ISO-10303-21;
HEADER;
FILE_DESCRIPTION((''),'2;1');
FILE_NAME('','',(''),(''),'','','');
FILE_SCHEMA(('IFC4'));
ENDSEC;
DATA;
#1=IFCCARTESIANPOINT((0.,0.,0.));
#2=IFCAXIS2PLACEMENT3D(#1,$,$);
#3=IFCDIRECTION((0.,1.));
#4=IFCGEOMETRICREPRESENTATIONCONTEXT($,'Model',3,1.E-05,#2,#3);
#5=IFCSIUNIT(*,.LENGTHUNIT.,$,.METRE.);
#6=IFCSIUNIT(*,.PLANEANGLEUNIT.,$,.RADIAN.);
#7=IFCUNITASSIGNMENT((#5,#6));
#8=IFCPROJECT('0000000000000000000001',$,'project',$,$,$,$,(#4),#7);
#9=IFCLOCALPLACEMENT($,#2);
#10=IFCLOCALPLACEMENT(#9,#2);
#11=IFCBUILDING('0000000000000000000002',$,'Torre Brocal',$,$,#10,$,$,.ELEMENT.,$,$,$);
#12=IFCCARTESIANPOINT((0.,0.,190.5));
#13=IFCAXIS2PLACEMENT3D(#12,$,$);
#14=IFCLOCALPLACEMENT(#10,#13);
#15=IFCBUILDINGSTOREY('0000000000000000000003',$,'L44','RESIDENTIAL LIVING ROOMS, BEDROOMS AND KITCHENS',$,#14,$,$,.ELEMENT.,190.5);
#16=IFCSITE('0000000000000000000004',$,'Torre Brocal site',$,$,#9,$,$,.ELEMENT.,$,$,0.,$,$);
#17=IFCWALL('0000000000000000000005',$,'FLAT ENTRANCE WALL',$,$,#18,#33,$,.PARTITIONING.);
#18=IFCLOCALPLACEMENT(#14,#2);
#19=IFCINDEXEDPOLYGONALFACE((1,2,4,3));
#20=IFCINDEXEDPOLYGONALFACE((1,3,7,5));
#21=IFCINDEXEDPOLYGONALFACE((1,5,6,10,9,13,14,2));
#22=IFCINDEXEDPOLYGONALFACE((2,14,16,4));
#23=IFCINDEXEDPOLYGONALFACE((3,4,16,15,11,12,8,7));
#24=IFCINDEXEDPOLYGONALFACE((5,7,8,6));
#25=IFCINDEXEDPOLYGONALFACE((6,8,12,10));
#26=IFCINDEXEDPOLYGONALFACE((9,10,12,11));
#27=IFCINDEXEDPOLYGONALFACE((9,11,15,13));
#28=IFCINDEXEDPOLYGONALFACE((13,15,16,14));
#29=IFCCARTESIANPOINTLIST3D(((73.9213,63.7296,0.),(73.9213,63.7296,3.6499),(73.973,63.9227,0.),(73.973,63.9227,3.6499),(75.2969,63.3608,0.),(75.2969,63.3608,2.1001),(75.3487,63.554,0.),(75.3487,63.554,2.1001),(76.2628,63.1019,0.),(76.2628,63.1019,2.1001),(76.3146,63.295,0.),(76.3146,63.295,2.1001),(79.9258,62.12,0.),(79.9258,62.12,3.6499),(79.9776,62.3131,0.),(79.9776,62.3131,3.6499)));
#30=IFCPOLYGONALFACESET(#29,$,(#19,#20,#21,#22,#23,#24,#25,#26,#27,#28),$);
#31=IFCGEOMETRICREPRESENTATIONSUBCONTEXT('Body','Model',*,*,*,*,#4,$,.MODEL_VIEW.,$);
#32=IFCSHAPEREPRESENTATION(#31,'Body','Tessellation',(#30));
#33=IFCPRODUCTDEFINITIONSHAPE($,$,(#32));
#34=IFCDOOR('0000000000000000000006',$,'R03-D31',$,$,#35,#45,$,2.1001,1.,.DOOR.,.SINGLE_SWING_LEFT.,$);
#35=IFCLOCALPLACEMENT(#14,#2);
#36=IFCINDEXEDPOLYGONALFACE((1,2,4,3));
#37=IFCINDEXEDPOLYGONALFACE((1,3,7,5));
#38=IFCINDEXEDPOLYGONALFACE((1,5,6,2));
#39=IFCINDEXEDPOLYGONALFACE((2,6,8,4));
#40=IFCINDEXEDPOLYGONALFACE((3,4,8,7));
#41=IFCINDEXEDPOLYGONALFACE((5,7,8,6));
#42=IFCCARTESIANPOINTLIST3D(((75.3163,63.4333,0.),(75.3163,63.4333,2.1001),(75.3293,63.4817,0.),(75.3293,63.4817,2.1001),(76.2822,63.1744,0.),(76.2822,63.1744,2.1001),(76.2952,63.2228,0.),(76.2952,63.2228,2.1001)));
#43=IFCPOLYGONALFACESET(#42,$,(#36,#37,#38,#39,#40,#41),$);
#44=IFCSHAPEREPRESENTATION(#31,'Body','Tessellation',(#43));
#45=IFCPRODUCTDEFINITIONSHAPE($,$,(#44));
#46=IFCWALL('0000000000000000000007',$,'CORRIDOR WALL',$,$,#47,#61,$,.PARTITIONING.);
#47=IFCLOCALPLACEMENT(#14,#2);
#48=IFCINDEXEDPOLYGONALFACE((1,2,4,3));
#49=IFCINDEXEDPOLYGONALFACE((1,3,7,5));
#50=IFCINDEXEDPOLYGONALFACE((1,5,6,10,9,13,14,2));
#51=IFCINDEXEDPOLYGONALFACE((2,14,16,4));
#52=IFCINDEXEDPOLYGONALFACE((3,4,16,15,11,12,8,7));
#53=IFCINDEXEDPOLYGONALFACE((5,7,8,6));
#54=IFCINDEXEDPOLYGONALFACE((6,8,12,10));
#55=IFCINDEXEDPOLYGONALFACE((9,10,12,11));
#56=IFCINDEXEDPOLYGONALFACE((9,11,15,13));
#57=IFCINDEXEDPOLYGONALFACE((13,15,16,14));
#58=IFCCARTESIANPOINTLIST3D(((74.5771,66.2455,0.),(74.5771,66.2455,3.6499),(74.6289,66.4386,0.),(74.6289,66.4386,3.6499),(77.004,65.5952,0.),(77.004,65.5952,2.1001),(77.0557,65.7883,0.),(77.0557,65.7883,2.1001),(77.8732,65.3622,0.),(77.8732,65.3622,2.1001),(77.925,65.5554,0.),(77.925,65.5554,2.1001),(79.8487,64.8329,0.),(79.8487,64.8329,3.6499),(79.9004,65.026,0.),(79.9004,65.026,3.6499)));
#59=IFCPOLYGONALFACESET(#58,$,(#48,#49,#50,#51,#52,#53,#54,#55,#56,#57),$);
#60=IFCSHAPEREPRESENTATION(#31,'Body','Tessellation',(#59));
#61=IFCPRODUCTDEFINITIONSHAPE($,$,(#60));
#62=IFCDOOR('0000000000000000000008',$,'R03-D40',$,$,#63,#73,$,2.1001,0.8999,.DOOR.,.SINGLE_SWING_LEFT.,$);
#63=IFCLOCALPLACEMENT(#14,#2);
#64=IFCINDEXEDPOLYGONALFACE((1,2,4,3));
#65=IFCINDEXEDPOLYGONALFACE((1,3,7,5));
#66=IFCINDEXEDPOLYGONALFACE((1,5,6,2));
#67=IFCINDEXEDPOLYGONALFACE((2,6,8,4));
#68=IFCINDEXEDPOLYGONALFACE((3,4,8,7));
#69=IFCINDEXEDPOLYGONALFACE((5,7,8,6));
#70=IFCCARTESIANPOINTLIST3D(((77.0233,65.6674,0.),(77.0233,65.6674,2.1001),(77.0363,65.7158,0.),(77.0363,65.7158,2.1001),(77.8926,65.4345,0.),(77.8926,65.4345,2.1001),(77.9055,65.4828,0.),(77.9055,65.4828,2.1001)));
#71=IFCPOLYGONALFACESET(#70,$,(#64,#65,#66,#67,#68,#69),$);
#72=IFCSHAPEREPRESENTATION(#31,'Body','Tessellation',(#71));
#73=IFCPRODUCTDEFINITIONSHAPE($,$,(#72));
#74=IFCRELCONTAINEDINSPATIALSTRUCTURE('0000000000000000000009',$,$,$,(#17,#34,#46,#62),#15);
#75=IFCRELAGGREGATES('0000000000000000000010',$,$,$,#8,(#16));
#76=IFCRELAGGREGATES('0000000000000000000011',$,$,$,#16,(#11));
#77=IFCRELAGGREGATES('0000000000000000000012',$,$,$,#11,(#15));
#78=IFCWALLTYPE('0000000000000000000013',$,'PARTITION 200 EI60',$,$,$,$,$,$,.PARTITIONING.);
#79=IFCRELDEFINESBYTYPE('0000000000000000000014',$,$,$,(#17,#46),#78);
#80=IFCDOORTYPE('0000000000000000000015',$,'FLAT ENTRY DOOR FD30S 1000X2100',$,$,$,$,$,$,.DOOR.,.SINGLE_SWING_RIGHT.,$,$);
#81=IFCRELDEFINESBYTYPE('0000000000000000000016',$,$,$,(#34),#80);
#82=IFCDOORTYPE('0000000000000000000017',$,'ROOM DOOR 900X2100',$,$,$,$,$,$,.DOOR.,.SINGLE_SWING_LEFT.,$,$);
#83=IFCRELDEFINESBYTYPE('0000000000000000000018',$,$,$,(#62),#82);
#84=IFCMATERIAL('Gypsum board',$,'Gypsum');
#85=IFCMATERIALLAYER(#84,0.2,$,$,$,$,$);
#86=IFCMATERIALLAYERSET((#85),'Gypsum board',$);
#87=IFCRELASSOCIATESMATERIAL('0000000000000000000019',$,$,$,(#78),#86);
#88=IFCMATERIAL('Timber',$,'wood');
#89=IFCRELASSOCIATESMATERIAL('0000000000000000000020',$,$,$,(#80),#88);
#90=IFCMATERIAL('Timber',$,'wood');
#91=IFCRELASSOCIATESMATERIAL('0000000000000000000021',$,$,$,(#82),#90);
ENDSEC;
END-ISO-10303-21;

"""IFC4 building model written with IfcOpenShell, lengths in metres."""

from ifc_helpers import new_model, si_unit, direction, frame, frame_2d, origin, place, context, subcontext, project, spatial, rectangle, extrude, material, layer, layer_set, type_object, element, fill, save


model = new_model("IFC4")

# Units and contexts
model_context = context("Model", 3, precision=1e-05, world=origin(), true_north=direction((0.0, 1.0)))
body_context = subcontext(model_context, "Body", "Model", "MODEL_VIEW")
ifc_project = project(units=[si_unit("LENGTHUNIT", "METRE"), si_unit("PLANEANGLEUNIT", "RADIAN")], contexts=[model_context])

# Site, building, storey
site_placement = place(None, origin())
site = spatial("IfcSite", under=ifc_project, at=site_placement, Name="Torre Brocal site", CompositionType="ELEMENT", RefElevation=0.0)
building_placement = place(site_placement, origin())
building = spatial("IfcBuilding", under=site, at=building_placement, Name="Torre Brocal", CompositionType="ELEMENT")
storey_placement = place(building_placement, frame((0.0, 0.0, 190.5)))
storey = spatial("IfcBuildingStorey", under=building, at=storey_placement, Name="L44", Description="RESIDENTIAL LIVING ROOMS, BEDROOMS AND KITCHENS", CompositionType="ELEMENT", Elevation=190.5)

# Shared definitions
ifc_material_1 = material(Name="Gypsum board", Category="Gypsum")
ifc_layer_1 = layer(ifc_material_1, 0.2)
ifc_layer_set_1 = layer_set([ifc_layer_1], Name="Gypsum board")
wall_type_1 = type_object("IfcWallType", Name="PARTITION 200 EI60", PredefinedType="PARTITIONING", material=ifc_layer_set_1)

# Walls, openings, doors
wall_1_placement = place(storey_placement, frame((73.947, 63.8262, 0.0), z_axis=(0.0, 0.0, 1.0), x_axis=(0.965898, -0.258921, 0.0)))
wall_1 = element("IfcWall", 1, at=wall_1_placement, inside=storey, type_object=wall_type_1, Name="FLAT ENTRANCE WALL", PredefinedType="PARTITIONING", context=body_context, shape_type="SweptSolid", body=[
    extrude(rectangle(XDim=6.2166, YDim=0.2, at=frame_2d((3.1084, 0.0))), origin(), (0.0, 0.0, 1.0), 3.6499),
])
opening_1_placement = place(wall_1_placement, frame((1.4243, 0.0, 0.0)))
opening_1 = element("IfcOpeningElement", 2, at=opening_1_placement, cuts=wall_1, PredefinedType="OPENING", context=body_context, shape_type="SweptSolid", body=[
    extrude(rectangle(XDim=1.0, YDim=2.1001, at=frame_2d((0.5, 1.05))), frame((0.0, 0.1099, 0.0), z_axis=(0.0, -1.0, 0.0), x_axis=(1.0, 0.0, 0.0)), (0.0, 0.0, 1.0), 0.22),
])
ifc_material_2 = material(Name="Timber", Category="wood")
door_type_1 = type_object("IfcDoorType", Name="FLAT ENTRY DOOR FD30S 1000X2100", OperationType="SINGLE_SWING_RIGHT", PredefinedType="DOOR", material=ifc_material_2)
door_1_placement = place(opening_1_placement, frame((1.0, 0.0, 0.0), z_axis=(0.0, 0.0, 1.0), x_axis=(-1.0, 0.0, 0.0)))
door_1 = element("IfcDoor", 3, at=door_1_placement, inside=storey, type_object=door_type_1, Name="R03-D31", OperationType="SINGLE_SWING_LEFT", OverallHeight=2.1001, OverallWidth=1.0, PredefinedType="DOOR", context=body_context, shape_type="SweptSolid", body=[
    extrude(rectangle(XDim=1.0, YDim=2.1001, at=frame_2d((0.5, 1.05))), frame((0.0, 0.0249, 0.0), z_axis=(0.0, -1.0, 0.0), x_axis=(1.0, 0.0, 0.0)), (0.0, 0.0, 1.0), 0.05),
])
fill(opening_1, door_1)
wall_2_placement = place(storey_placement, frame((74.603, 66.342, 0.0), z_axis=(0.0, 0.0, 1.0), x_axis=(0.965921, -0.258837, 0.0)))
wall_2 = element("IfcWall", 4, at=wall_2_placement, inside=storey, type_object=wall_type_1, Name="CORRIDOR WALL", PredefinedType="PARTITIONING", context=body_context, shape_type="SweptSolid", body=[
    extrude(rectangle(XDim=5.4575, YDim=0.2, at=frame_2d((2.7288, 0.0))), origin(), (0.0, 0.0, 1.0), 3.6499),
])
opening_2_placement = place(wall_2_placement, frame((2.5125, 0.0, 0.0)))
opening_2 = element("IfcOpeningElement", 5, at=opening_2_placement, cuts=wall_2, PredefinedType="OPENING", context=body_context, shape_type="SweptSolid", body=[
    extrude(rectangle(XDim=0.8999, YDim=2.1001, at=frame_2d((0.45, 1.05))), frame((0.0, 0.1099, 0.0), z_axis=(0.0, -1.0, 0.0), x_axis=(1.0, 0.0, 0.0)), (0.0, 0.0, 1.0), 0.22),
])
ifc_material_3 = material(Name="Timber", Category="wood")
door_type_2 = type_object("IfcDoorType", Name="ROOM DOOR 900X2100", OperationType="SINGLE_SWING_LEFT", PredefinedType="DOOR", material=ifc_material_3)
door_2_placement = place(opening_2_placement, origin())
door_2 = element("IfcDoor", 6, at=door_2_placement, inside=storey, type_object=door_type_2, Name="R03-D40", OperationType="SINGLE_SWING_LEFT", OverallHeight=2.1001, OverallWidth=0.8999, PredefinedType="DOOR", context=body_context, shape_type="SweptSolid", body=[
    extrude(rectangle(XDim=0.8999, YDim=2.1001, at=frame_2d((0.45, 1.05))), frame((0.0, 0.0249, 0.0), z_axis=(0.0, -1.0, 0.0), x_axis=(1.0, 0.0, 0.0)), (0.0, 0.0, 1.0), 0.05),
])
fill(opening_2, door_2)

save(model, "model.ifc")
